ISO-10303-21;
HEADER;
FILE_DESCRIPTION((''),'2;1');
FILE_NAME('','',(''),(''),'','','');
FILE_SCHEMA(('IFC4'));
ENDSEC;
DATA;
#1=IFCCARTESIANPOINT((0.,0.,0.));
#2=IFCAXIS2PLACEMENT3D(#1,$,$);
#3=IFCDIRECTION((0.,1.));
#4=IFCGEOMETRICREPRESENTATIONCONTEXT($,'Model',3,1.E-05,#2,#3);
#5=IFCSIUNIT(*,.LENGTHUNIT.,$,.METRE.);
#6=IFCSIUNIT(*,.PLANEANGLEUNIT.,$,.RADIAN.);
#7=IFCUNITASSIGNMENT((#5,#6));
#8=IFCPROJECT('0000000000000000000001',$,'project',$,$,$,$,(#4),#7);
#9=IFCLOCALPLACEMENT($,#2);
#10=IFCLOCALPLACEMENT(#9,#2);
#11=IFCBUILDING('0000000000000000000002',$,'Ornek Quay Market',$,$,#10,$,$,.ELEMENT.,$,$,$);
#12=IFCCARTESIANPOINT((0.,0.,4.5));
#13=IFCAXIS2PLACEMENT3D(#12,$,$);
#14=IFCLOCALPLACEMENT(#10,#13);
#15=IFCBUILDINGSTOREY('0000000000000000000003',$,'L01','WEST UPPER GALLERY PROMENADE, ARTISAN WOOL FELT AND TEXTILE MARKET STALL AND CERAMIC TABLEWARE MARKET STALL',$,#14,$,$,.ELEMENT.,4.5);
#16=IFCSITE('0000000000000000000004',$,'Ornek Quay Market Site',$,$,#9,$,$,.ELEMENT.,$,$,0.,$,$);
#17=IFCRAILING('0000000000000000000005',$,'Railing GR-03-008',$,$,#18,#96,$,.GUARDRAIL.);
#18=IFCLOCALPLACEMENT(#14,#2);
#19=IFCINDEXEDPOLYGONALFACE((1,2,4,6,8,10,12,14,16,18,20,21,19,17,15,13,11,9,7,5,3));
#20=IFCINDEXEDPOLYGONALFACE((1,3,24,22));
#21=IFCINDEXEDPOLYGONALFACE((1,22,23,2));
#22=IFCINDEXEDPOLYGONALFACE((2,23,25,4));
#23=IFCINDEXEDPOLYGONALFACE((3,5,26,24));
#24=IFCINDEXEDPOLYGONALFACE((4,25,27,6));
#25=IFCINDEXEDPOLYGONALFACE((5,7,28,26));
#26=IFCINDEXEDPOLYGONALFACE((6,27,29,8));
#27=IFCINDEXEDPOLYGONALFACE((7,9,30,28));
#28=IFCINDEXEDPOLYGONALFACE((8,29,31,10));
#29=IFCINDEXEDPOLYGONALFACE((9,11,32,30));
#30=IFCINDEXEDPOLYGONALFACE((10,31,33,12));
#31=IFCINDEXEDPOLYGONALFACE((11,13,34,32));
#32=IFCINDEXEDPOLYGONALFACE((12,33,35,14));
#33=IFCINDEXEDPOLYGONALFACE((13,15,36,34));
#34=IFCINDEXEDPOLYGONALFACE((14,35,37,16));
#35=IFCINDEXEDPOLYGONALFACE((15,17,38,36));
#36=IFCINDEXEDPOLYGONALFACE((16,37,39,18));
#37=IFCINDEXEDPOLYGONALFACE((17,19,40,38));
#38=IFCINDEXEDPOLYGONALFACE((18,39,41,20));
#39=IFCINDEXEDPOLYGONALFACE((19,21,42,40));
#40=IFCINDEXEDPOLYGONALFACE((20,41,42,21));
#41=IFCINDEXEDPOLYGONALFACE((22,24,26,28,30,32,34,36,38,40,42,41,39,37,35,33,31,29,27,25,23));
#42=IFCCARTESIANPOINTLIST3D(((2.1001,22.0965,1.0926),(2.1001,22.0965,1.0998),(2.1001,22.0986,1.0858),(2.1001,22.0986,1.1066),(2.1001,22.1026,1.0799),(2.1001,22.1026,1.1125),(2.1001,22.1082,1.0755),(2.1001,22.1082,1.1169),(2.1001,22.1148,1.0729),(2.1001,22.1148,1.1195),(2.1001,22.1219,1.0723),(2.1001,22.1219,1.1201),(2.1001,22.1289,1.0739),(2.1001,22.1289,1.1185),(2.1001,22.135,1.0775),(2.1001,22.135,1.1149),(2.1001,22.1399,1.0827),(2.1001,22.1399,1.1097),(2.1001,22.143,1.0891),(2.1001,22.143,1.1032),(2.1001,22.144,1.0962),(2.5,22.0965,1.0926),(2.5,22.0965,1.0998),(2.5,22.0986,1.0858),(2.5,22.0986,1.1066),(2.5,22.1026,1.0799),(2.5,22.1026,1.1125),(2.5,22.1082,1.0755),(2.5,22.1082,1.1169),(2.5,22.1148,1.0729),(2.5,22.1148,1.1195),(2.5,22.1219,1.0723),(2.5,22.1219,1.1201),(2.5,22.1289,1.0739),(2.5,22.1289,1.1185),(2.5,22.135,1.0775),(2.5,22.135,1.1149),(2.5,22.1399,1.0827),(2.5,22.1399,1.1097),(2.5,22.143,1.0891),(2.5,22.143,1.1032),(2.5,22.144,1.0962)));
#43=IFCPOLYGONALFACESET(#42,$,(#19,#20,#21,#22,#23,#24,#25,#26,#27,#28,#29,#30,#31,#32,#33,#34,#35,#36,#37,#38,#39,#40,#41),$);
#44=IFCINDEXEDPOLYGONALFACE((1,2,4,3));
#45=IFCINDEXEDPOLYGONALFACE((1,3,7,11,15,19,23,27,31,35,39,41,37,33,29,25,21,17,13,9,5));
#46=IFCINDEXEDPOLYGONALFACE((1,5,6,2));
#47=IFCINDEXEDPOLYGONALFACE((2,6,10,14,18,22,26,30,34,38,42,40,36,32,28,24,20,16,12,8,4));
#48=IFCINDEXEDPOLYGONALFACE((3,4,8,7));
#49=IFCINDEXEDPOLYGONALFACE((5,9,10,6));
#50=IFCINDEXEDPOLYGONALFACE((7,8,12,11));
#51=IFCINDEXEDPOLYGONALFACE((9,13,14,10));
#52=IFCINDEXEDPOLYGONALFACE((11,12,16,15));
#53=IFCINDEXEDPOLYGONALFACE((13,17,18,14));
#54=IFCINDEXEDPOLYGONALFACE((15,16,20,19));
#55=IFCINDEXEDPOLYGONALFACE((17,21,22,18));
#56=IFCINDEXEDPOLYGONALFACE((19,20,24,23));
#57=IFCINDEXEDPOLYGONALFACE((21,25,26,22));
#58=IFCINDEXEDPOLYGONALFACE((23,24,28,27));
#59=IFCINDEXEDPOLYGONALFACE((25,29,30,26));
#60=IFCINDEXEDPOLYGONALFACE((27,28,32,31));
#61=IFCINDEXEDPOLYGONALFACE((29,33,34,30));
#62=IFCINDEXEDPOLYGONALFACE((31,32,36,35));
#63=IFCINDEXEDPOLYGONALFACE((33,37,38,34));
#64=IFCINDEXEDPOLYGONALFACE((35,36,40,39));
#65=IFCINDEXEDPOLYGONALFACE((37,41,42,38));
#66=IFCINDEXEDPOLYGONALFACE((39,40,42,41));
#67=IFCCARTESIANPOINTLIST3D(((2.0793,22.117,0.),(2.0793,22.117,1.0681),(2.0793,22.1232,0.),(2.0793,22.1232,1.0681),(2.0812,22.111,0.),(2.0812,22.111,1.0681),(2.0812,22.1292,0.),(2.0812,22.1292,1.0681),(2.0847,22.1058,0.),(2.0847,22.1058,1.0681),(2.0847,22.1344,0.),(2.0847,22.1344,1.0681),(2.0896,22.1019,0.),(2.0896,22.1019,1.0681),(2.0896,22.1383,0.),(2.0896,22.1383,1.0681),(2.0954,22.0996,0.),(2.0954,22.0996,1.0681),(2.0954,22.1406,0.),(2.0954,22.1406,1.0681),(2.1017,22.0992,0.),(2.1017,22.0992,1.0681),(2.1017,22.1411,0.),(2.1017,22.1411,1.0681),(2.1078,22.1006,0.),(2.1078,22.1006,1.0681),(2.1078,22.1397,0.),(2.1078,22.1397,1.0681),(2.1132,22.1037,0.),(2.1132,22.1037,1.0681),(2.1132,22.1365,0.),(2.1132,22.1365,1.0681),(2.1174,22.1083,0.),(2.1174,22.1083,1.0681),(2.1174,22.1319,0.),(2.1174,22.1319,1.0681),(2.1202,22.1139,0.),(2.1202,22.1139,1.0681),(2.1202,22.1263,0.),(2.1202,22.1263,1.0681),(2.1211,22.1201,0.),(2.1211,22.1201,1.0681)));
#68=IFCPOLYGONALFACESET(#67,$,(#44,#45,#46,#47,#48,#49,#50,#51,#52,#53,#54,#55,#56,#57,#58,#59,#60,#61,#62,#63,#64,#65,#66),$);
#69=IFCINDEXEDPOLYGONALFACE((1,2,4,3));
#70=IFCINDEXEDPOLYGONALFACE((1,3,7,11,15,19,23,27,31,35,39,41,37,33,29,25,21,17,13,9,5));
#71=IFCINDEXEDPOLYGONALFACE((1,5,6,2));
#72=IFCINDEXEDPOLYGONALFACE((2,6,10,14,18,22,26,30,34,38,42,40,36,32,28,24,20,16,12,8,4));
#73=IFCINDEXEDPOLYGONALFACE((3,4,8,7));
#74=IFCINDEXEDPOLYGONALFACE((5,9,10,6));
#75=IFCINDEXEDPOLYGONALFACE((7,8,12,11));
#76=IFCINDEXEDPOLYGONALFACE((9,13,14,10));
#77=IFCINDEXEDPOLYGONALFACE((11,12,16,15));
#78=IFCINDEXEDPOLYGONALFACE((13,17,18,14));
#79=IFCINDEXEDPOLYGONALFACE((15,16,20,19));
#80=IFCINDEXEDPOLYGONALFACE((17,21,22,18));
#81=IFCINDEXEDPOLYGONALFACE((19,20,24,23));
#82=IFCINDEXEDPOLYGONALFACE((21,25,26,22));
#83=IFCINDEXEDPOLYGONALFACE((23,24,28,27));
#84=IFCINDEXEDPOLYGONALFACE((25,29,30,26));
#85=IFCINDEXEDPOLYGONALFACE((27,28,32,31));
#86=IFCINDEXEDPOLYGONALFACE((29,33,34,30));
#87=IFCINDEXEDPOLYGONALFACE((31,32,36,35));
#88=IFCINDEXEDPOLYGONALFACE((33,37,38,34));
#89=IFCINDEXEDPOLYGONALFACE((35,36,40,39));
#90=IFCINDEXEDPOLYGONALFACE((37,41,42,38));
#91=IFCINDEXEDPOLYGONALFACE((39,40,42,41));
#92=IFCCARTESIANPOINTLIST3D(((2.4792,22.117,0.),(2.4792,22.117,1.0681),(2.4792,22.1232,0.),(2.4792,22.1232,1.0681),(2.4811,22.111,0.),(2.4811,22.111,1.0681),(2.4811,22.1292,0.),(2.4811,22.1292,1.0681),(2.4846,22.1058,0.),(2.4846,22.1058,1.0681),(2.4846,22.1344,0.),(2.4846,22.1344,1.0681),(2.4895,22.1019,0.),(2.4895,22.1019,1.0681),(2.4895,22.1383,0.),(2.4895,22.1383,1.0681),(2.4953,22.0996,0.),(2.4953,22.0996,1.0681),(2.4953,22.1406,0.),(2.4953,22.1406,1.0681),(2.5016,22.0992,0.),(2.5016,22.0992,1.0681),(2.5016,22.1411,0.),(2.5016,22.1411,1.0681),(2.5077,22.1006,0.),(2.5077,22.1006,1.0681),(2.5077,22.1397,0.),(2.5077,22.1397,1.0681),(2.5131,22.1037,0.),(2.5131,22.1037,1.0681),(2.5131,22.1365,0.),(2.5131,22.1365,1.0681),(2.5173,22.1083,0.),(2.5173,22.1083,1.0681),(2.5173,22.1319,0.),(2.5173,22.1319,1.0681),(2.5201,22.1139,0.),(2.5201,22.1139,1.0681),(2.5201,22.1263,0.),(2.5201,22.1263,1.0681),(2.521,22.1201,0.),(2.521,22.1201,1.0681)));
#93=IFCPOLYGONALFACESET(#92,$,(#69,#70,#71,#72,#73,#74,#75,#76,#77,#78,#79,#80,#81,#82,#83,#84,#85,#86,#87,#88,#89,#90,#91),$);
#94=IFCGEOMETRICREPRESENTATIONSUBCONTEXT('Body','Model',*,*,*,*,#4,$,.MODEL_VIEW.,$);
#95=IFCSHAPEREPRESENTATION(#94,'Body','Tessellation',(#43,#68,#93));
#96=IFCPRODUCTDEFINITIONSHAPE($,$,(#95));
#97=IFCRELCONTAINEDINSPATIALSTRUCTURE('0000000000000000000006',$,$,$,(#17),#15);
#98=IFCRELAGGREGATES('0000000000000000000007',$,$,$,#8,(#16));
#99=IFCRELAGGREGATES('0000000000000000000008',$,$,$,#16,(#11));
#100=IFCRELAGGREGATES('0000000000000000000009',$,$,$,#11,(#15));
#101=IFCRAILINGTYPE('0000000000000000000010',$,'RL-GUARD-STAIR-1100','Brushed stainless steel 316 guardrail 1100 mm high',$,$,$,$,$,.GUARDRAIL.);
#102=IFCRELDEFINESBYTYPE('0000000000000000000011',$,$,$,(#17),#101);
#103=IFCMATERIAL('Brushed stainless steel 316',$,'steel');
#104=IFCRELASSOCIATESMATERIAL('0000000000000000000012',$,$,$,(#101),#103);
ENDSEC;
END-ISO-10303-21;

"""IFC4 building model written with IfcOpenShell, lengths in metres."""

from ifc_helpers import new_model, si_unit, direction, frame, origin, origin_2d, place, context, subcontext, project, spatial, circle, extrude, material, type_object, element, save


model = new_model("IFC4")

# Units and contexts
model_context = context("Model", 3, precision=1e-05, world=origin(), true_north=direction((0.0, 1.0)))
body_context = subcontext(model_context, "Body", "Model", "MODEL_VIEW")
ifc_project = project(units=[si_unit("LENGTHUNIT", "METRE"), si_unit("PLANEANGLEUNIT", "RADIAN")], contexts=[model_context])

# Site, building, storey
site_placement = place(None, origin())
site = spatial("IfcSite", under=ifc_project, at=site_placement, Name="Ornek Quay Market Site", CompositionType="ELEMENT", RefElevation=0.0)
building_placement = place(site_placement, origin())
building = spatial("IfcBuilding", under=site, at=building_placement, Name="Ornek Quay Market", CompositionType="ELEMENT")
storey_placement = place(building_placement, frame((0.0, 0.0, 4.5)))
storey = spatial("IfcBuildingStorey", under=building, at=storey_placement, Name="L01", Description="WEST UPPER GALLERY PROMENADE, ARTISAN WOOL FELT AND TEXTILE MARKET STALL AND CERAMIC TABLEWARE MARKET STALL", CompositionType="ELEMENT", Elevation=4.5)

# Railing
ifc_material_1 = material(Name="Brushed stainless steel 316", Category="steel")
railing_type_1 = type_object("IfcRailingType", Name="RL-GUARD-STAIR-1100", Description="Brushed stainless steel 316 guardrail 1100 mm high", PredefinedType="GUARDRAIL", material=ifc_material_1)
railing_1_placement = place(storey_placement, frame((2.1001, 22.1201, 0.0)))
element("IfcRailing", 1, at=railing_1_placement, inside=storey, type_object=railing_type_1, Name="Railing GR-03-008", PredefinedType="GUARDRAIL", context=body_context, shape_type="SweptSolid", body=[
    extrude(circle(Radius=0.0239, at=origin_2d()), frame((0.0, 0.0, 1.0962), z_axis=(1.0, 0.0, 0.0), x_axis=(0.0, 1.0, 0.0)), (0.0, 0.0, 1.0), 0.3999),
    extrude(circle(Radius=0.021, at=origin_2d()), origin(), (0.0, 0.0, 1.0), 1.0681),
    extrude(circle(Radius=0.021, at=origin_2d()), frame((0.3999, 0.0, 0.0)), (0.0, 0.0, 1.0), 1.0681),
])

save(model, "model.ifc")
